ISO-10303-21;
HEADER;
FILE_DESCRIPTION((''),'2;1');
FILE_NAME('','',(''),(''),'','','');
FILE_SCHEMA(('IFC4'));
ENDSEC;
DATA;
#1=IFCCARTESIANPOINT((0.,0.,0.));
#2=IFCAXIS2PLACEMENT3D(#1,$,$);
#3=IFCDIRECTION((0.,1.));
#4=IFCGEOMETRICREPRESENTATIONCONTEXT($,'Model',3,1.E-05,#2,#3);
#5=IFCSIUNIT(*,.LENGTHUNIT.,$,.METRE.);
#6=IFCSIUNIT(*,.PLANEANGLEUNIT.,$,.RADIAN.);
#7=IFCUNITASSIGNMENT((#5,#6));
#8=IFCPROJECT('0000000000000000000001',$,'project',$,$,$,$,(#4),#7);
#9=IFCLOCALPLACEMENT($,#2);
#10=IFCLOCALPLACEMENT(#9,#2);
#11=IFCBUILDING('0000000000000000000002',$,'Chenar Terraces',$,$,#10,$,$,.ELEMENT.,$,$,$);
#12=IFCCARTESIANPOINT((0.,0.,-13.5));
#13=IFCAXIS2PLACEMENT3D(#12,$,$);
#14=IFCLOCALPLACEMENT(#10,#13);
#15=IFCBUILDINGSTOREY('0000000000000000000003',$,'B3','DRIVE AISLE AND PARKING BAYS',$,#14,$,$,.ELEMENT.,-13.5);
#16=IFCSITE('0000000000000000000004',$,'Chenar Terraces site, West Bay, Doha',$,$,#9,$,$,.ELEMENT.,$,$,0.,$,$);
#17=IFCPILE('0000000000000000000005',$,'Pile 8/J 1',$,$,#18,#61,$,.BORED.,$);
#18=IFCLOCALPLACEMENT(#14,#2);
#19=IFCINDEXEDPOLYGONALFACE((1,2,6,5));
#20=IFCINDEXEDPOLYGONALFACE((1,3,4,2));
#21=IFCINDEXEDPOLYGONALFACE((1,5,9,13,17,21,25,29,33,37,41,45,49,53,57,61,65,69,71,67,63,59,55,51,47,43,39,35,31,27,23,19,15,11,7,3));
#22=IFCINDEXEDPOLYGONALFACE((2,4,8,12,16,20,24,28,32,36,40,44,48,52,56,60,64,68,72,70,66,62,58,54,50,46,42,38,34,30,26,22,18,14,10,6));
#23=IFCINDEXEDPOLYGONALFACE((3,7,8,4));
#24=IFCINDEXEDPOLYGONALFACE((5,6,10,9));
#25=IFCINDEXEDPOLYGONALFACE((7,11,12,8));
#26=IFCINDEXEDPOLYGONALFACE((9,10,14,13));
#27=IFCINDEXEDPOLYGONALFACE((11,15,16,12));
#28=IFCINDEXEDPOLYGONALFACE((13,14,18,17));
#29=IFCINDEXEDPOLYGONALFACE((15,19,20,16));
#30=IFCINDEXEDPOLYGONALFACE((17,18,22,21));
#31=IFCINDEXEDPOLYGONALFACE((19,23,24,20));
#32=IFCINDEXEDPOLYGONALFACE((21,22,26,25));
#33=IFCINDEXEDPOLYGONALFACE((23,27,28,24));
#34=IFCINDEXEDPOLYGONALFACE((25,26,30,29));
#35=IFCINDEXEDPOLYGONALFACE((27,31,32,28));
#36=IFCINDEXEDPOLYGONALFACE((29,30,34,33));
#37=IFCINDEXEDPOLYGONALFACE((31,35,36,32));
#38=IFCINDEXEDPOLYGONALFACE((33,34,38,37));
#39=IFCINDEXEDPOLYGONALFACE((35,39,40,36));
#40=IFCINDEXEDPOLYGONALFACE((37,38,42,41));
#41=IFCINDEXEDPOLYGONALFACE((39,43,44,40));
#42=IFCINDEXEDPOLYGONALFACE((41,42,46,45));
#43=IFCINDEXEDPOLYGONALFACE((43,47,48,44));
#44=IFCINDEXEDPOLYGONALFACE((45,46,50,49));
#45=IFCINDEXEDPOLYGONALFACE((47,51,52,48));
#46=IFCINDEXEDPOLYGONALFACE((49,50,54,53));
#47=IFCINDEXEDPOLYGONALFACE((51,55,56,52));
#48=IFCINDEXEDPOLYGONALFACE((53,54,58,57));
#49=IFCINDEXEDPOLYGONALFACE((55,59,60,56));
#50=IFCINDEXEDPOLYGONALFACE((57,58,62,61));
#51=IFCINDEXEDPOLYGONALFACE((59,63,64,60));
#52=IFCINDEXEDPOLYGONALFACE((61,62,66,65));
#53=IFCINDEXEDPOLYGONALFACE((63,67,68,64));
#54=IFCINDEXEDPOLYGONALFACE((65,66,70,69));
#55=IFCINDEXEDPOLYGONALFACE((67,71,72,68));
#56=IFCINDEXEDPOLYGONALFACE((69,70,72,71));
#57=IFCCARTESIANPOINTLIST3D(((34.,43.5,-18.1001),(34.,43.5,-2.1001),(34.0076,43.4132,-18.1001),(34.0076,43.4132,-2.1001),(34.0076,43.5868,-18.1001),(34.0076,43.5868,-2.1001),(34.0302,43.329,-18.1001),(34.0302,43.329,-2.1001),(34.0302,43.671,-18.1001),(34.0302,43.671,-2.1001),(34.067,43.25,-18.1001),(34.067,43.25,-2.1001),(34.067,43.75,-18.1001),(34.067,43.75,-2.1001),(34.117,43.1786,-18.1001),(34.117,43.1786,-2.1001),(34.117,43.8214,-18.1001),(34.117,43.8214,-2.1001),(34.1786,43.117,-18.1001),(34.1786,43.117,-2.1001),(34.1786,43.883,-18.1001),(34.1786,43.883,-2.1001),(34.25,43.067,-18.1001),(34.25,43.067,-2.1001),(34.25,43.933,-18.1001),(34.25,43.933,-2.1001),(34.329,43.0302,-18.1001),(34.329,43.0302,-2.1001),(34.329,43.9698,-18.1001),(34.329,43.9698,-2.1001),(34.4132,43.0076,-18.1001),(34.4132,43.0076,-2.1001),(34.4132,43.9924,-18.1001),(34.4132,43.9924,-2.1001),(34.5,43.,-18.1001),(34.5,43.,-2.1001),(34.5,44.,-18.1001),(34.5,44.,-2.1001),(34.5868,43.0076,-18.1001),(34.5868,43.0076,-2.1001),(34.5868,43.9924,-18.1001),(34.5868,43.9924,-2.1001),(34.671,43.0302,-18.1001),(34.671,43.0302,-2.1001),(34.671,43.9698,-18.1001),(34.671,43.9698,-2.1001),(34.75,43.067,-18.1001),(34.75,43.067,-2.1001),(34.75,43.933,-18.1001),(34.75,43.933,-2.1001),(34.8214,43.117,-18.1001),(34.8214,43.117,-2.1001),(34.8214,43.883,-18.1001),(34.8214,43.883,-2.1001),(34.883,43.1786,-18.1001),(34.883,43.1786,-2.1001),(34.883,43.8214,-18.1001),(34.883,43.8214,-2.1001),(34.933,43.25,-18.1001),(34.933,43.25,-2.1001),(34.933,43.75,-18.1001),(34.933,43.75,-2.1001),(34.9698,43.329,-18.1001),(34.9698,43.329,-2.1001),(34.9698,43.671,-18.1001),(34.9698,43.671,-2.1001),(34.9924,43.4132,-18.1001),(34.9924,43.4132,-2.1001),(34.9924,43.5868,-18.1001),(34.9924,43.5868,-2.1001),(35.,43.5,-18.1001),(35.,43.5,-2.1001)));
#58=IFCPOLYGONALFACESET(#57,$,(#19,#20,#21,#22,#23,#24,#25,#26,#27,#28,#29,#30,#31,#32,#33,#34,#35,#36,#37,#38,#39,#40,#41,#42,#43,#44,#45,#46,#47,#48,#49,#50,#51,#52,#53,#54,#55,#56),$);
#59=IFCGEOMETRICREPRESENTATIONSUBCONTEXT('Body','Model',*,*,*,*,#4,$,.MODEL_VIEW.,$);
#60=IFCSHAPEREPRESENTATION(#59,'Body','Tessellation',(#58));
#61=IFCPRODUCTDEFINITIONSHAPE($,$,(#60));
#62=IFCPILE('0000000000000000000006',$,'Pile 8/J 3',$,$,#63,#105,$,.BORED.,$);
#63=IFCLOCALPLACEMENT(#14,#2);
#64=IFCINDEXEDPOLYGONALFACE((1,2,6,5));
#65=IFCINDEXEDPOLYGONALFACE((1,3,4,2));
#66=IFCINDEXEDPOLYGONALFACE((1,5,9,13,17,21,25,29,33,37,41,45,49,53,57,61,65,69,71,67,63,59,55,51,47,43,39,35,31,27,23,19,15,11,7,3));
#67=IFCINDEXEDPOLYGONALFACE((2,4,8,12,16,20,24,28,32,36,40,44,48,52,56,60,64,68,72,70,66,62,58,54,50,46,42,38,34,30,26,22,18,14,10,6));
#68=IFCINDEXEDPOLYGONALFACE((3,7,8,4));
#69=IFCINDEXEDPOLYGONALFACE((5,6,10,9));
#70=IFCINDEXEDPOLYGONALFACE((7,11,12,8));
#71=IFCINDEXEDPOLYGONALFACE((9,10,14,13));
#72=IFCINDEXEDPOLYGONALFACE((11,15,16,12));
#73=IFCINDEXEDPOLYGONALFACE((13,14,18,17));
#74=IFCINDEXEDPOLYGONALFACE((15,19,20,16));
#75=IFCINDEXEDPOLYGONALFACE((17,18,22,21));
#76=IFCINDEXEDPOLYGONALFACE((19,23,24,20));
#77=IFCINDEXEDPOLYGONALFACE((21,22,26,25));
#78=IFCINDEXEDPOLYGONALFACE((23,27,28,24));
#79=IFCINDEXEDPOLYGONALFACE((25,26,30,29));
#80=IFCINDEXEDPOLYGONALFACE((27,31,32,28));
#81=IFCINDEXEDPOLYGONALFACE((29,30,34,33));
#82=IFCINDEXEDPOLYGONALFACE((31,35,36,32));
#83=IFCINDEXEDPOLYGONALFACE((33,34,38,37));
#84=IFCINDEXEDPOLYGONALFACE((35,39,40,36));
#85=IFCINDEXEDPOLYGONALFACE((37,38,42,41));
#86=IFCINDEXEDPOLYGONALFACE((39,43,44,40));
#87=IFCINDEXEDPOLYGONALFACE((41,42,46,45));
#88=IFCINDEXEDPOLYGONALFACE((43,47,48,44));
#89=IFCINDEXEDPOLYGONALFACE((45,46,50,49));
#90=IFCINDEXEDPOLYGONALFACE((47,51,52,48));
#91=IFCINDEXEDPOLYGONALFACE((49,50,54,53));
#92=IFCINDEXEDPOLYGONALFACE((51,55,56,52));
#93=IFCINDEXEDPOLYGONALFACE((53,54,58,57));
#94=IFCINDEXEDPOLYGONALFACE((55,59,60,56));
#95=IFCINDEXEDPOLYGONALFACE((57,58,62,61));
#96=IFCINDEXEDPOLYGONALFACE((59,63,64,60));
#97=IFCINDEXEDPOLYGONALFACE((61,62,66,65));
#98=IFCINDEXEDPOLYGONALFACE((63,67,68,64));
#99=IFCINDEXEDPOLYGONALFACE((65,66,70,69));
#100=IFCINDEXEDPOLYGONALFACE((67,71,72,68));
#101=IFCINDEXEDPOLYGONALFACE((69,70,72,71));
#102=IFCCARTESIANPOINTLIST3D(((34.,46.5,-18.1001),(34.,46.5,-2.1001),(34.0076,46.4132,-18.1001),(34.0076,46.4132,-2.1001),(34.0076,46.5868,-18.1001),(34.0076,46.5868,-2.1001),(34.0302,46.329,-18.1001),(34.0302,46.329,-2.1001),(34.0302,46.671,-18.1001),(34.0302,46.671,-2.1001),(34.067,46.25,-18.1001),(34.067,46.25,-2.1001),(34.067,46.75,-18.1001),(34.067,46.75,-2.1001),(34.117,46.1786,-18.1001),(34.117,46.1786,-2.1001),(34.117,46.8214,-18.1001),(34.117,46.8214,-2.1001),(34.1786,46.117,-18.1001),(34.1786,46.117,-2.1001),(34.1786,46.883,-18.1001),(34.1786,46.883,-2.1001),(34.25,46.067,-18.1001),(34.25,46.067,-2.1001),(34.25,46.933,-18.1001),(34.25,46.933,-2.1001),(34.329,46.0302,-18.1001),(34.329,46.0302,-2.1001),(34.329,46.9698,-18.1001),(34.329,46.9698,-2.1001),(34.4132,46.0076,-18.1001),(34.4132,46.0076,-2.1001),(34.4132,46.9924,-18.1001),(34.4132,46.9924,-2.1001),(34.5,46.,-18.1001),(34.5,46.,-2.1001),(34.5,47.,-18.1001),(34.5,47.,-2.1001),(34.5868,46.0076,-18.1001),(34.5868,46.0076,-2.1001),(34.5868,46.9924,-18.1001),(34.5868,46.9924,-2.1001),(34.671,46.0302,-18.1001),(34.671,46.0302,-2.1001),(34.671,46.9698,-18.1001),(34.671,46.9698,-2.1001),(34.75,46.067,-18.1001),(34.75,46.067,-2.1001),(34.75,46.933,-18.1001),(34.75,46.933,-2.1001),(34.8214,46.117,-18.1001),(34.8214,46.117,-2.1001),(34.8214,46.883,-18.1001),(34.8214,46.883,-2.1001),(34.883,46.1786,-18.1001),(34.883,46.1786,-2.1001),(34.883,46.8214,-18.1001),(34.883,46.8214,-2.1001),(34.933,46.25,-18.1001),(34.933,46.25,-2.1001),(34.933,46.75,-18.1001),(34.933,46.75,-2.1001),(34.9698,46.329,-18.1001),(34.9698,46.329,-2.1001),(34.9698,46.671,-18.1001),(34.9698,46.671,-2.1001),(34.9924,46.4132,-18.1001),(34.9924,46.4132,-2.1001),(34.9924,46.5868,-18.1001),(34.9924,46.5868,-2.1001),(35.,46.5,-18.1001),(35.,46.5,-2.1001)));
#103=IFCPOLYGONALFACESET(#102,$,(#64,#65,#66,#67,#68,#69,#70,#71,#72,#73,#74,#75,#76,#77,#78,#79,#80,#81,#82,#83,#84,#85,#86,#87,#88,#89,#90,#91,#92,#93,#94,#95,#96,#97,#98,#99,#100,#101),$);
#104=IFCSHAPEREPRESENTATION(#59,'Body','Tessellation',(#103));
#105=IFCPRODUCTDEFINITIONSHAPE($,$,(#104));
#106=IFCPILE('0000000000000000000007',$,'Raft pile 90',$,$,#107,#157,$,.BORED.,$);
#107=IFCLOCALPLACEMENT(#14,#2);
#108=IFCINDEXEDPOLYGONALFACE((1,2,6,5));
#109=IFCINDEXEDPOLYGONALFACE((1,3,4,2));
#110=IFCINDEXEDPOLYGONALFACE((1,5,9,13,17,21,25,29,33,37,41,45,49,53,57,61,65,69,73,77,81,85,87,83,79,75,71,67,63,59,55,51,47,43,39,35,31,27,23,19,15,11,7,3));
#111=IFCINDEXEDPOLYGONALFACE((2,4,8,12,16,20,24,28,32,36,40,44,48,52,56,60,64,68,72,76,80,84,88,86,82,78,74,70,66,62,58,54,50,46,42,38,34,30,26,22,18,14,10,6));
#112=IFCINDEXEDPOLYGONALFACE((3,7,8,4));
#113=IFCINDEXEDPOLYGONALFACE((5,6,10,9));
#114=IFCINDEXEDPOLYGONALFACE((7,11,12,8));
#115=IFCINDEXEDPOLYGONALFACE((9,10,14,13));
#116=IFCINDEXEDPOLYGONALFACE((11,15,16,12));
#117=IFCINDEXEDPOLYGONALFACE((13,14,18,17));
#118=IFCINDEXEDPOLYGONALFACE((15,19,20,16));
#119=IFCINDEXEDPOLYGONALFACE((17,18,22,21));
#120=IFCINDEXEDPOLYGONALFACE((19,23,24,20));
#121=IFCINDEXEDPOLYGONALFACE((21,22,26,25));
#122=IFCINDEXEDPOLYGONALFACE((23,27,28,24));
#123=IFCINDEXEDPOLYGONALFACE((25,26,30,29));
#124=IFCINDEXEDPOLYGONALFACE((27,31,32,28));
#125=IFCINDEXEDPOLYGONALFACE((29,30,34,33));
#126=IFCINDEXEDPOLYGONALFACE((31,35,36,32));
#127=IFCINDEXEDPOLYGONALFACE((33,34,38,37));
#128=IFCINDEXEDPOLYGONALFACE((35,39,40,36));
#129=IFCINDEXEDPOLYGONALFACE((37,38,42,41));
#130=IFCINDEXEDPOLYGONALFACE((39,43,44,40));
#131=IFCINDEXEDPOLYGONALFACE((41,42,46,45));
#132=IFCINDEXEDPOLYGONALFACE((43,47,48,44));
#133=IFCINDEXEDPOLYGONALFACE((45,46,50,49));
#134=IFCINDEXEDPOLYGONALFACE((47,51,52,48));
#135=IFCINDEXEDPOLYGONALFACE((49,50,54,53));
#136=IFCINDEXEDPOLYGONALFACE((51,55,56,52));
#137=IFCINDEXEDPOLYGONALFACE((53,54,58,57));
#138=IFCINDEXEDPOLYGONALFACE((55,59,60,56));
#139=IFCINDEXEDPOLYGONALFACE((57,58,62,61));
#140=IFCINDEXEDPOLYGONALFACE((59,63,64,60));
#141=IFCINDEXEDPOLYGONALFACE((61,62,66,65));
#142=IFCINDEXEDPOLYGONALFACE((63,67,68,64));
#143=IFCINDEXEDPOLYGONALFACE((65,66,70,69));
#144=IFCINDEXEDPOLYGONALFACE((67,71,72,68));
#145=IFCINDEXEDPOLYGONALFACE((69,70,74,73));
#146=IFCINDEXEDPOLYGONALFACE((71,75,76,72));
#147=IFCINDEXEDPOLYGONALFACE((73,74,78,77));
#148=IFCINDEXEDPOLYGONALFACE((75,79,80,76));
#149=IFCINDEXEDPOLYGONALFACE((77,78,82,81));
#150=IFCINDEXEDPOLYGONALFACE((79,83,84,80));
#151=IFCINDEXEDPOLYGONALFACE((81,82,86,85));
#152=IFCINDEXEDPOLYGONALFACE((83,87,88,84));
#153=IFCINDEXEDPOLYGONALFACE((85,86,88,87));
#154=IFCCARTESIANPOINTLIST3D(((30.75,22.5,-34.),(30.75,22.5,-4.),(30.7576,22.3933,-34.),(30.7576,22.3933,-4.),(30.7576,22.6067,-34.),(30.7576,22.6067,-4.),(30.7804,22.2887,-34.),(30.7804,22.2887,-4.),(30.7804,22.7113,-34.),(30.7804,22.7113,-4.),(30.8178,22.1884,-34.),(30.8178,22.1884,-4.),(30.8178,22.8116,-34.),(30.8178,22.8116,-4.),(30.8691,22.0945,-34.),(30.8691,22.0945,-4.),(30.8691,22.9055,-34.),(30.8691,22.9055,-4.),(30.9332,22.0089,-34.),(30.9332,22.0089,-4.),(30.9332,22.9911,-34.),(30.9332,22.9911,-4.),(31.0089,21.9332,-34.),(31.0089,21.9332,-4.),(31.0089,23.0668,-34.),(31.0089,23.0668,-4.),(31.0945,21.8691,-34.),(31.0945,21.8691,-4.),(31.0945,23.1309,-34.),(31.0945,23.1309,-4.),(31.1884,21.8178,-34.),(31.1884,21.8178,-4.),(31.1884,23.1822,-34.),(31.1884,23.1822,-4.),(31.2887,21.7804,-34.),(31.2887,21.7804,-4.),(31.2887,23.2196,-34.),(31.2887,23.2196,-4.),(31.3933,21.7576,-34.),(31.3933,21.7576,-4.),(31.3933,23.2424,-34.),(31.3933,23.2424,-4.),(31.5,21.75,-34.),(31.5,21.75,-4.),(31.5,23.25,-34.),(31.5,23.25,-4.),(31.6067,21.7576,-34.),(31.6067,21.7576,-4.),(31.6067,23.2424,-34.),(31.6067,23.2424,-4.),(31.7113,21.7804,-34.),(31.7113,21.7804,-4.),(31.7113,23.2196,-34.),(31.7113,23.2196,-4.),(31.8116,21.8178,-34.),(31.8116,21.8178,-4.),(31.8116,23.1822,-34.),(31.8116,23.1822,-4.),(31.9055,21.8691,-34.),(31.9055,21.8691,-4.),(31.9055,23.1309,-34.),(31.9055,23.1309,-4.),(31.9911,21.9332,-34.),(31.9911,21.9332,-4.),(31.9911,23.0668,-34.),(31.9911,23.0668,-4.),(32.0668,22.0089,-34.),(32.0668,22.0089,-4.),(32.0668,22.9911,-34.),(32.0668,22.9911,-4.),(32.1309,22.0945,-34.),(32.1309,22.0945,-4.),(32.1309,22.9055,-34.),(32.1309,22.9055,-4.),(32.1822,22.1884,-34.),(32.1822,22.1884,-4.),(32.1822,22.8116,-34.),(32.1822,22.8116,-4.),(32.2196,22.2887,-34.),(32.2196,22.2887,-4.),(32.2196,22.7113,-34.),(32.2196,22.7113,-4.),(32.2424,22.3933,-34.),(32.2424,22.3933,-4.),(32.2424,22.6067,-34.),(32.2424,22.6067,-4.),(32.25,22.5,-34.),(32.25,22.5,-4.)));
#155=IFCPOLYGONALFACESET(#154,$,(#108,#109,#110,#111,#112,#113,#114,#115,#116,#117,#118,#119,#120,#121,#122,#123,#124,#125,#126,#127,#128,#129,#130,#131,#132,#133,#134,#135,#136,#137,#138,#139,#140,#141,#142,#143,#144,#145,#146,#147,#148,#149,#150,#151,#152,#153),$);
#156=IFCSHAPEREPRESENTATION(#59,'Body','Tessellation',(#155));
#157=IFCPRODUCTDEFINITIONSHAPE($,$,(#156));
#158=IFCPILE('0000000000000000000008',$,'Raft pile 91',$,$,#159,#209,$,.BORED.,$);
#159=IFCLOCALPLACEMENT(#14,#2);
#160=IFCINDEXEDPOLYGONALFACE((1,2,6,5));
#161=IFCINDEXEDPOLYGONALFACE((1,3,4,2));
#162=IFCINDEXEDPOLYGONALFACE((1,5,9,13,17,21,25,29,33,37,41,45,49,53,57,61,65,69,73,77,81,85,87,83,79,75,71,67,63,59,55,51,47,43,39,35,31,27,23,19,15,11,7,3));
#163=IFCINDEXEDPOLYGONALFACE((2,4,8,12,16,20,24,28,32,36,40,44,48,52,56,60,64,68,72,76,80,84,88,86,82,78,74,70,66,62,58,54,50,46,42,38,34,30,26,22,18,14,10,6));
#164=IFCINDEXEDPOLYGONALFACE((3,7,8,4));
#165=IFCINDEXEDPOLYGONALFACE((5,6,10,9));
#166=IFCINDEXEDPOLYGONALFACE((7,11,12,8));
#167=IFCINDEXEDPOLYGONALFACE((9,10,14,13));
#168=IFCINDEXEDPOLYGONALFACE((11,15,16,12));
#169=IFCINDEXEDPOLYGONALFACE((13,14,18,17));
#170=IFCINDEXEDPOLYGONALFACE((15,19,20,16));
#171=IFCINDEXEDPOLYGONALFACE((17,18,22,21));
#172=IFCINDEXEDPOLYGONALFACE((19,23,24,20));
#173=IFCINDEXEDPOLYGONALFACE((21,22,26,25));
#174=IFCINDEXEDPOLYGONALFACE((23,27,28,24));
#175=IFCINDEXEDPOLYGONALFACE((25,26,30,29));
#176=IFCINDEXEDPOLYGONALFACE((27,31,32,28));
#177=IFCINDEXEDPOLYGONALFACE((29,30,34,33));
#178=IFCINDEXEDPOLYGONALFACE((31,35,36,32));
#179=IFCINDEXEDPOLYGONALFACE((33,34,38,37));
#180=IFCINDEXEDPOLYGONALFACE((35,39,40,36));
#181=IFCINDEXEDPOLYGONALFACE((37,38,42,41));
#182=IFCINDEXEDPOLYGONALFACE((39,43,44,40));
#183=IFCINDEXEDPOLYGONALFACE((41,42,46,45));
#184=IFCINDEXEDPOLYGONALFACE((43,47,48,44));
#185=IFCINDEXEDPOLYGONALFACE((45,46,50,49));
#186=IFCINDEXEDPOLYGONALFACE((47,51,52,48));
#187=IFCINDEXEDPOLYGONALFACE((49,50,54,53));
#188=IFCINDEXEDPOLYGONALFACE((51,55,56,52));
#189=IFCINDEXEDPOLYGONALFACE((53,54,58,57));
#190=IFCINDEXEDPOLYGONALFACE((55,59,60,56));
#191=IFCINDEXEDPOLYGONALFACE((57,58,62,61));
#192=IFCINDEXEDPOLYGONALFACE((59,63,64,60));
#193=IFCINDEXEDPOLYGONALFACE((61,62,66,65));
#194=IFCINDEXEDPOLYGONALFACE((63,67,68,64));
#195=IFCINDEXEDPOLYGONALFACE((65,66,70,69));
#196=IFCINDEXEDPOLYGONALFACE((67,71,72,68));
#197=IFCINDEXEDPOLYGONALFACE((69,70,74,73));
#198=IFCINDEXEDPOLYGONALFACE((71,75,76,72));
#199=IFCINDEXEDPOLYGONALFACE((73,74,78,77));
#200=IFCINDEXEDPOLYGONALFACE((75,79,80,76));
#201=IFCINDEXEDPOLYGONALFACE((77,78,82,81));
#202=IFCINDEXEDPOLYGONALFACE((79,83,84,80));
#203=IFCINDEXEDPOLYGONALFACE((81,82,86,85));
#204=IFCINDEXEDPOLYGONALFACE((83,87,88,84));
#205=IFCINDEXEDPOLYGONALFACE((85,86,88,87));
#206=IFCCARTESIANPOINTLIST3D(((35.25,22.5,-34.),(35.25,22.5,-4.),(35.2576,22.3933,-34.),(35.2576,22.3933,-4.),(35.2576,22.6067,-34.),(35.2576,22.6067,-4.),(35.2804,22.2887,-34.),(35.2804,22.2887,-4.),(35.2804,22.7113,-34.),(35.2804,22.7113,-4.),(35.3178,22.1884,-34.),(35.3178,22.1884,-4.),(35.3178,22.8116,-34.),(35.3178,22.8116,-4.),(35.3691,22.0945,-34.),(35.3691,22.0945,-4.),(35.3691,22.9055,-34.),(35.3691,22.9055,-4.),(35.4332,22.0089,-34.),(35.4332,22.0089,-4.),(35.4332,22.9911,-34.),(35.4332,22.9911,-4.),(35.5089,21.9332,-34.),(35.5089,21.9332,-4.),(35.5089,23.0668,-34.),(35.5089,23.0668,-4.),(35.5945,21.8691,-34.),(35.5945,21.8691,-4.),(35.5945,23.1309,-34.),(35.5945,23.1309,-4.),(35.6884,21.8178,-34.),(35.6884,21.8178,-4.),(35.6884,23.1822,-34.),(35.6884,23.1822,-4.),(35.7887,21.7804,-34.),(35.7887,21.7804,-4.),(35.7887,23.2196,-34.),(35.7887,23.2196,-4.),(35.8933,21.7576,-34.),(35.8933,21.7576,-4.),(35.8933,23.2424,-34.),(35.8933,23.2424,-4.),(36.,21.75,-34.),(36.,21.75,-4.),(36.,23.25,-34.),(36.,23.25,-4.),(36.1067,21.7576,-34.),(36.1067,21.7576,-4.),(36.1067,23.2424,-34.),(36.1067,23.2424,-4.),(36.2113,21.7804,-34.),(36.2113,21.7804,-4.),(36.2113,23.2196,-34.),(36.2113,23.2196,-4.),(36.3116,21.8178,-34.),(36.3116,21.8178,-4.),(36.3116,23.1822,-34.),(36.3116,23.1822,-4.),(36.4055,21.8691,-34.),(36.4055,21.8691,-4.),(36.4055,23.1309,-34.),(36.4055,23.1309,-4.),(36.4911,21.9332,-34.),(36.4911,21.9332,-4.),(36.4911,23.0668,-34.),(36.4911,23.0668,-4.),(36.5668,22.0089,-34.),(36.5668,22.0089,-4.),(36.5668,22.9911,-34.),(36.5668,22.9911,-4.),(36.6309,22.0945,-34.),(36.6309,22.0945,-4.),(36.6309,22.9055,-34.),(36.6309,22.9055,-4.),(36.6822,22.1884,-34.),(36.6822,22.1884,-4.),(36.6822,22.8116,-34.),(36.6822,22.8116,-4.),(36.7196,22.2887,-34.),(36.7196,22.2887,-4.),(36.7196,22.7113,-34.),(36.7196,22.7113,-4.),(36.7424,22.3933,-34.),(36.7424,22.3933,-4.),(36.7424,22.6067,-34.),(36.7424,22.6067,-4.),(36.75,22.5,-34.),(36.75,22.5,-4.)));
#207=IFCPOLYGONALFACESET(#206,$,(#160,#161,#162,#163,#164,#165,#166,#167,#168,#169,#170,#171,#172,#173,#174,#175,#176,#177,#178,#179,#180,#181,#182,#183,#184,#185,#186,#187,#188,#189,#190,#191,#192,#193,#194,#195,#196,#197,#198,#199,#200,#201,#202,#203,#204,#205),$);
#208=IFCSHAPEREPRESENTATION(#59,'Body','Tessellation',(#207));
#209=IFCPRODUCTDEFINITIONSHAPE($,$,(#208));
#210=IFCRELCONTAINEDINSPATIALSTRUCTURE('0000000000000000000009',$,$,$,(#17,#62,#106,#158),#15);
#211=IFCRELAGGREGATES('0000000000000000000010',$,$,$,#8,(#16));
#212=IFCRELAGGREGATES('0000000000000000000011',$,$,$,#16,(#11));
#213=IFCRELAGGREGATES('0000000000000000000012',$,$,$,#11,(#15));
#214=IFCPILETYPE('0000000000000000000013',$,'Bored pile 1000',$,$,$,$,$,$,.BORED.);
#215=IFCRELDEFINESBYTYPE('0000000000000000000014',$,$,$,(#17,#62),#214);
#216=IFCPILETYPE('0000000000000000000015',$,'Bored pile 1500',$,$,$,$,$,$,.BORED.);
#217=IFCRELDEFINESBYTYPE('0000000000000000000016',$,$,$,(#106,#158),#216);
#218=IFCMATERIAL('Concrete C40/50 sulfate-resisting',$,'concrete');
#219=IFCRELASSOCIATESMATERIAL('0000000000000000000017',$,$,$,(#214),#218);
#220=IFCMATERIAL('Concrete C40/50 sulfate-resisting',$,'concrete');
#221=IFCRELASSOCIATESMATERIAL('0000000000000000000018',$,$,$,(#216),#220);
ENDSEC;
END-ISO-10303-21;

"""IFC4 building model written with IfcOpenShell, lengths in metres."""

from ifc_helpers import new_model, si_unit, direction, frame, origin, origin_2d, place, context, subcontext, project, spatial, circle, extrude, material, material_profile, profile_set, type_object, element, save


model = new_model("IFC4")

# Units and contexts
model_context = context("Model", 3, precision=1e-05, world=origin(), true_north=direction((0.0, 1.0)))
body_context = subcontext(model_context, "Body", "Model", "MODEL_VIEW")
ifc_project = project(units=[si_unit("LENGTHUNIT", "METRE"), si_unit("PLANEANGLEUNIT", "RADIAN")], contexts=[model_context])

# Site, building, storey
site_placement = place(None, origin())
site = spatial("IfcSite", under=ifc_project, at=site_placement, Name="Chenar Terraces site, West Bay, Doha", CompositionType="ELEMENT", RefElevation=0.0)
building_placement = place(site_placement, origin())
building = spatial("IfcBuilding", under=site, at=building_placement, Name="Chenar Terraces", CompositionType="ELEMENT")
storey_placement = place(building_placement, frame((0.0, 0.0, -13.5)))
storey = spatial("IfcBuildingStorey", under=building, at=storey_placement, Name="B3", Description="DRIVE AISLE AND PARKING BAYS", CompositionType="ELEMENT", Elevation=-13.5)

# Piles
ifc_material_1 = material(Name="Concrete C40/50 sulfate-resisting", Category="concrete")
ifc_material_profile_1 = material_profile(ifc_material_1, circle(Radius=0.5, at=origin_2d()), Name="BP 1000")
ifc_profile_set_1 = profile_set([ifc_material_profile_1], Name="Concrete C40/50 sulfate-resisting")
pile_type_1 = type_object("IfcPileType", Name="Bored pile 1000", PredefinedType="BORED", material=ifc_profile_set_1)
for number, where, z_axis, x_axis, name in (
    (1, (34.5, 43.5, -2.1001), (0.0, 0.0, -1.0), (1.0, 0.0, 0.0), "Pile 8/J 1"),
    (2, (34.5, 46.5, -2.1001), (0.0, 0.0, -1.0), (1.0, 0.0, 0.0), "Pile 8/J 3"),
):
    element("IfcPile", number, at=place(storey_placement, frame(where, z_axis=z_axis, x_axis=x_axis)), inside=storey, type_object=pile_type_1, Name=name, PredefinedType="BORED", context=body_context, shape_type="SweptSolid", body=[
        extrude(circle(Radius=0.5, at=origin_2d()), origin(), (0.0, 0.0, 1.0), 16.0),
    ])
ifc_material_2 = material(Name="Concrete C40/50 sulfate-resisting", Category="concrete")
ifc_material_profile_2 = material_profile(ifc_material_2, circle(Radius=0.75, at=origin_2d()), Name="BP 1500")
ifc_profile_set_2 = profile_set([ifc_material_profile_2], Name="Concrete C40/50 sulfate-resisting")
pile_type_2 = type_object("IfcPileType", Name="Bored pile 1500", PredefinedType="BORED", material=ifc_profile_set_2)
for number, where, z_axis, x_axis, name in (
    (3, (31.5, 22.5, -4.0), (0.0, 0.0, -1.0), (1.0, 0.0, 0.0), "Raft pile 90"),
    (4, (36.0, 22.5, -4.0), (0.0, 0.0, -1.0), (1.0, 0.0, 0.0), "Raft pile 91"),
):
    element("IfcPile", number, at=place(storey_placement, frame(where, z_axis=z_axis, x_axis=x_axis)), inside=storey, type_object=pile_type_2, Name=name, PredefinedType="BORED", context=body_context, shape_type="SweptSolid", body=[
        extrude(circle(Radius=0.75, at=origin_2d()), origin(), (0.0, 0.0, 1.0), 30.0),
    ])

save(model, "model.ifc")
